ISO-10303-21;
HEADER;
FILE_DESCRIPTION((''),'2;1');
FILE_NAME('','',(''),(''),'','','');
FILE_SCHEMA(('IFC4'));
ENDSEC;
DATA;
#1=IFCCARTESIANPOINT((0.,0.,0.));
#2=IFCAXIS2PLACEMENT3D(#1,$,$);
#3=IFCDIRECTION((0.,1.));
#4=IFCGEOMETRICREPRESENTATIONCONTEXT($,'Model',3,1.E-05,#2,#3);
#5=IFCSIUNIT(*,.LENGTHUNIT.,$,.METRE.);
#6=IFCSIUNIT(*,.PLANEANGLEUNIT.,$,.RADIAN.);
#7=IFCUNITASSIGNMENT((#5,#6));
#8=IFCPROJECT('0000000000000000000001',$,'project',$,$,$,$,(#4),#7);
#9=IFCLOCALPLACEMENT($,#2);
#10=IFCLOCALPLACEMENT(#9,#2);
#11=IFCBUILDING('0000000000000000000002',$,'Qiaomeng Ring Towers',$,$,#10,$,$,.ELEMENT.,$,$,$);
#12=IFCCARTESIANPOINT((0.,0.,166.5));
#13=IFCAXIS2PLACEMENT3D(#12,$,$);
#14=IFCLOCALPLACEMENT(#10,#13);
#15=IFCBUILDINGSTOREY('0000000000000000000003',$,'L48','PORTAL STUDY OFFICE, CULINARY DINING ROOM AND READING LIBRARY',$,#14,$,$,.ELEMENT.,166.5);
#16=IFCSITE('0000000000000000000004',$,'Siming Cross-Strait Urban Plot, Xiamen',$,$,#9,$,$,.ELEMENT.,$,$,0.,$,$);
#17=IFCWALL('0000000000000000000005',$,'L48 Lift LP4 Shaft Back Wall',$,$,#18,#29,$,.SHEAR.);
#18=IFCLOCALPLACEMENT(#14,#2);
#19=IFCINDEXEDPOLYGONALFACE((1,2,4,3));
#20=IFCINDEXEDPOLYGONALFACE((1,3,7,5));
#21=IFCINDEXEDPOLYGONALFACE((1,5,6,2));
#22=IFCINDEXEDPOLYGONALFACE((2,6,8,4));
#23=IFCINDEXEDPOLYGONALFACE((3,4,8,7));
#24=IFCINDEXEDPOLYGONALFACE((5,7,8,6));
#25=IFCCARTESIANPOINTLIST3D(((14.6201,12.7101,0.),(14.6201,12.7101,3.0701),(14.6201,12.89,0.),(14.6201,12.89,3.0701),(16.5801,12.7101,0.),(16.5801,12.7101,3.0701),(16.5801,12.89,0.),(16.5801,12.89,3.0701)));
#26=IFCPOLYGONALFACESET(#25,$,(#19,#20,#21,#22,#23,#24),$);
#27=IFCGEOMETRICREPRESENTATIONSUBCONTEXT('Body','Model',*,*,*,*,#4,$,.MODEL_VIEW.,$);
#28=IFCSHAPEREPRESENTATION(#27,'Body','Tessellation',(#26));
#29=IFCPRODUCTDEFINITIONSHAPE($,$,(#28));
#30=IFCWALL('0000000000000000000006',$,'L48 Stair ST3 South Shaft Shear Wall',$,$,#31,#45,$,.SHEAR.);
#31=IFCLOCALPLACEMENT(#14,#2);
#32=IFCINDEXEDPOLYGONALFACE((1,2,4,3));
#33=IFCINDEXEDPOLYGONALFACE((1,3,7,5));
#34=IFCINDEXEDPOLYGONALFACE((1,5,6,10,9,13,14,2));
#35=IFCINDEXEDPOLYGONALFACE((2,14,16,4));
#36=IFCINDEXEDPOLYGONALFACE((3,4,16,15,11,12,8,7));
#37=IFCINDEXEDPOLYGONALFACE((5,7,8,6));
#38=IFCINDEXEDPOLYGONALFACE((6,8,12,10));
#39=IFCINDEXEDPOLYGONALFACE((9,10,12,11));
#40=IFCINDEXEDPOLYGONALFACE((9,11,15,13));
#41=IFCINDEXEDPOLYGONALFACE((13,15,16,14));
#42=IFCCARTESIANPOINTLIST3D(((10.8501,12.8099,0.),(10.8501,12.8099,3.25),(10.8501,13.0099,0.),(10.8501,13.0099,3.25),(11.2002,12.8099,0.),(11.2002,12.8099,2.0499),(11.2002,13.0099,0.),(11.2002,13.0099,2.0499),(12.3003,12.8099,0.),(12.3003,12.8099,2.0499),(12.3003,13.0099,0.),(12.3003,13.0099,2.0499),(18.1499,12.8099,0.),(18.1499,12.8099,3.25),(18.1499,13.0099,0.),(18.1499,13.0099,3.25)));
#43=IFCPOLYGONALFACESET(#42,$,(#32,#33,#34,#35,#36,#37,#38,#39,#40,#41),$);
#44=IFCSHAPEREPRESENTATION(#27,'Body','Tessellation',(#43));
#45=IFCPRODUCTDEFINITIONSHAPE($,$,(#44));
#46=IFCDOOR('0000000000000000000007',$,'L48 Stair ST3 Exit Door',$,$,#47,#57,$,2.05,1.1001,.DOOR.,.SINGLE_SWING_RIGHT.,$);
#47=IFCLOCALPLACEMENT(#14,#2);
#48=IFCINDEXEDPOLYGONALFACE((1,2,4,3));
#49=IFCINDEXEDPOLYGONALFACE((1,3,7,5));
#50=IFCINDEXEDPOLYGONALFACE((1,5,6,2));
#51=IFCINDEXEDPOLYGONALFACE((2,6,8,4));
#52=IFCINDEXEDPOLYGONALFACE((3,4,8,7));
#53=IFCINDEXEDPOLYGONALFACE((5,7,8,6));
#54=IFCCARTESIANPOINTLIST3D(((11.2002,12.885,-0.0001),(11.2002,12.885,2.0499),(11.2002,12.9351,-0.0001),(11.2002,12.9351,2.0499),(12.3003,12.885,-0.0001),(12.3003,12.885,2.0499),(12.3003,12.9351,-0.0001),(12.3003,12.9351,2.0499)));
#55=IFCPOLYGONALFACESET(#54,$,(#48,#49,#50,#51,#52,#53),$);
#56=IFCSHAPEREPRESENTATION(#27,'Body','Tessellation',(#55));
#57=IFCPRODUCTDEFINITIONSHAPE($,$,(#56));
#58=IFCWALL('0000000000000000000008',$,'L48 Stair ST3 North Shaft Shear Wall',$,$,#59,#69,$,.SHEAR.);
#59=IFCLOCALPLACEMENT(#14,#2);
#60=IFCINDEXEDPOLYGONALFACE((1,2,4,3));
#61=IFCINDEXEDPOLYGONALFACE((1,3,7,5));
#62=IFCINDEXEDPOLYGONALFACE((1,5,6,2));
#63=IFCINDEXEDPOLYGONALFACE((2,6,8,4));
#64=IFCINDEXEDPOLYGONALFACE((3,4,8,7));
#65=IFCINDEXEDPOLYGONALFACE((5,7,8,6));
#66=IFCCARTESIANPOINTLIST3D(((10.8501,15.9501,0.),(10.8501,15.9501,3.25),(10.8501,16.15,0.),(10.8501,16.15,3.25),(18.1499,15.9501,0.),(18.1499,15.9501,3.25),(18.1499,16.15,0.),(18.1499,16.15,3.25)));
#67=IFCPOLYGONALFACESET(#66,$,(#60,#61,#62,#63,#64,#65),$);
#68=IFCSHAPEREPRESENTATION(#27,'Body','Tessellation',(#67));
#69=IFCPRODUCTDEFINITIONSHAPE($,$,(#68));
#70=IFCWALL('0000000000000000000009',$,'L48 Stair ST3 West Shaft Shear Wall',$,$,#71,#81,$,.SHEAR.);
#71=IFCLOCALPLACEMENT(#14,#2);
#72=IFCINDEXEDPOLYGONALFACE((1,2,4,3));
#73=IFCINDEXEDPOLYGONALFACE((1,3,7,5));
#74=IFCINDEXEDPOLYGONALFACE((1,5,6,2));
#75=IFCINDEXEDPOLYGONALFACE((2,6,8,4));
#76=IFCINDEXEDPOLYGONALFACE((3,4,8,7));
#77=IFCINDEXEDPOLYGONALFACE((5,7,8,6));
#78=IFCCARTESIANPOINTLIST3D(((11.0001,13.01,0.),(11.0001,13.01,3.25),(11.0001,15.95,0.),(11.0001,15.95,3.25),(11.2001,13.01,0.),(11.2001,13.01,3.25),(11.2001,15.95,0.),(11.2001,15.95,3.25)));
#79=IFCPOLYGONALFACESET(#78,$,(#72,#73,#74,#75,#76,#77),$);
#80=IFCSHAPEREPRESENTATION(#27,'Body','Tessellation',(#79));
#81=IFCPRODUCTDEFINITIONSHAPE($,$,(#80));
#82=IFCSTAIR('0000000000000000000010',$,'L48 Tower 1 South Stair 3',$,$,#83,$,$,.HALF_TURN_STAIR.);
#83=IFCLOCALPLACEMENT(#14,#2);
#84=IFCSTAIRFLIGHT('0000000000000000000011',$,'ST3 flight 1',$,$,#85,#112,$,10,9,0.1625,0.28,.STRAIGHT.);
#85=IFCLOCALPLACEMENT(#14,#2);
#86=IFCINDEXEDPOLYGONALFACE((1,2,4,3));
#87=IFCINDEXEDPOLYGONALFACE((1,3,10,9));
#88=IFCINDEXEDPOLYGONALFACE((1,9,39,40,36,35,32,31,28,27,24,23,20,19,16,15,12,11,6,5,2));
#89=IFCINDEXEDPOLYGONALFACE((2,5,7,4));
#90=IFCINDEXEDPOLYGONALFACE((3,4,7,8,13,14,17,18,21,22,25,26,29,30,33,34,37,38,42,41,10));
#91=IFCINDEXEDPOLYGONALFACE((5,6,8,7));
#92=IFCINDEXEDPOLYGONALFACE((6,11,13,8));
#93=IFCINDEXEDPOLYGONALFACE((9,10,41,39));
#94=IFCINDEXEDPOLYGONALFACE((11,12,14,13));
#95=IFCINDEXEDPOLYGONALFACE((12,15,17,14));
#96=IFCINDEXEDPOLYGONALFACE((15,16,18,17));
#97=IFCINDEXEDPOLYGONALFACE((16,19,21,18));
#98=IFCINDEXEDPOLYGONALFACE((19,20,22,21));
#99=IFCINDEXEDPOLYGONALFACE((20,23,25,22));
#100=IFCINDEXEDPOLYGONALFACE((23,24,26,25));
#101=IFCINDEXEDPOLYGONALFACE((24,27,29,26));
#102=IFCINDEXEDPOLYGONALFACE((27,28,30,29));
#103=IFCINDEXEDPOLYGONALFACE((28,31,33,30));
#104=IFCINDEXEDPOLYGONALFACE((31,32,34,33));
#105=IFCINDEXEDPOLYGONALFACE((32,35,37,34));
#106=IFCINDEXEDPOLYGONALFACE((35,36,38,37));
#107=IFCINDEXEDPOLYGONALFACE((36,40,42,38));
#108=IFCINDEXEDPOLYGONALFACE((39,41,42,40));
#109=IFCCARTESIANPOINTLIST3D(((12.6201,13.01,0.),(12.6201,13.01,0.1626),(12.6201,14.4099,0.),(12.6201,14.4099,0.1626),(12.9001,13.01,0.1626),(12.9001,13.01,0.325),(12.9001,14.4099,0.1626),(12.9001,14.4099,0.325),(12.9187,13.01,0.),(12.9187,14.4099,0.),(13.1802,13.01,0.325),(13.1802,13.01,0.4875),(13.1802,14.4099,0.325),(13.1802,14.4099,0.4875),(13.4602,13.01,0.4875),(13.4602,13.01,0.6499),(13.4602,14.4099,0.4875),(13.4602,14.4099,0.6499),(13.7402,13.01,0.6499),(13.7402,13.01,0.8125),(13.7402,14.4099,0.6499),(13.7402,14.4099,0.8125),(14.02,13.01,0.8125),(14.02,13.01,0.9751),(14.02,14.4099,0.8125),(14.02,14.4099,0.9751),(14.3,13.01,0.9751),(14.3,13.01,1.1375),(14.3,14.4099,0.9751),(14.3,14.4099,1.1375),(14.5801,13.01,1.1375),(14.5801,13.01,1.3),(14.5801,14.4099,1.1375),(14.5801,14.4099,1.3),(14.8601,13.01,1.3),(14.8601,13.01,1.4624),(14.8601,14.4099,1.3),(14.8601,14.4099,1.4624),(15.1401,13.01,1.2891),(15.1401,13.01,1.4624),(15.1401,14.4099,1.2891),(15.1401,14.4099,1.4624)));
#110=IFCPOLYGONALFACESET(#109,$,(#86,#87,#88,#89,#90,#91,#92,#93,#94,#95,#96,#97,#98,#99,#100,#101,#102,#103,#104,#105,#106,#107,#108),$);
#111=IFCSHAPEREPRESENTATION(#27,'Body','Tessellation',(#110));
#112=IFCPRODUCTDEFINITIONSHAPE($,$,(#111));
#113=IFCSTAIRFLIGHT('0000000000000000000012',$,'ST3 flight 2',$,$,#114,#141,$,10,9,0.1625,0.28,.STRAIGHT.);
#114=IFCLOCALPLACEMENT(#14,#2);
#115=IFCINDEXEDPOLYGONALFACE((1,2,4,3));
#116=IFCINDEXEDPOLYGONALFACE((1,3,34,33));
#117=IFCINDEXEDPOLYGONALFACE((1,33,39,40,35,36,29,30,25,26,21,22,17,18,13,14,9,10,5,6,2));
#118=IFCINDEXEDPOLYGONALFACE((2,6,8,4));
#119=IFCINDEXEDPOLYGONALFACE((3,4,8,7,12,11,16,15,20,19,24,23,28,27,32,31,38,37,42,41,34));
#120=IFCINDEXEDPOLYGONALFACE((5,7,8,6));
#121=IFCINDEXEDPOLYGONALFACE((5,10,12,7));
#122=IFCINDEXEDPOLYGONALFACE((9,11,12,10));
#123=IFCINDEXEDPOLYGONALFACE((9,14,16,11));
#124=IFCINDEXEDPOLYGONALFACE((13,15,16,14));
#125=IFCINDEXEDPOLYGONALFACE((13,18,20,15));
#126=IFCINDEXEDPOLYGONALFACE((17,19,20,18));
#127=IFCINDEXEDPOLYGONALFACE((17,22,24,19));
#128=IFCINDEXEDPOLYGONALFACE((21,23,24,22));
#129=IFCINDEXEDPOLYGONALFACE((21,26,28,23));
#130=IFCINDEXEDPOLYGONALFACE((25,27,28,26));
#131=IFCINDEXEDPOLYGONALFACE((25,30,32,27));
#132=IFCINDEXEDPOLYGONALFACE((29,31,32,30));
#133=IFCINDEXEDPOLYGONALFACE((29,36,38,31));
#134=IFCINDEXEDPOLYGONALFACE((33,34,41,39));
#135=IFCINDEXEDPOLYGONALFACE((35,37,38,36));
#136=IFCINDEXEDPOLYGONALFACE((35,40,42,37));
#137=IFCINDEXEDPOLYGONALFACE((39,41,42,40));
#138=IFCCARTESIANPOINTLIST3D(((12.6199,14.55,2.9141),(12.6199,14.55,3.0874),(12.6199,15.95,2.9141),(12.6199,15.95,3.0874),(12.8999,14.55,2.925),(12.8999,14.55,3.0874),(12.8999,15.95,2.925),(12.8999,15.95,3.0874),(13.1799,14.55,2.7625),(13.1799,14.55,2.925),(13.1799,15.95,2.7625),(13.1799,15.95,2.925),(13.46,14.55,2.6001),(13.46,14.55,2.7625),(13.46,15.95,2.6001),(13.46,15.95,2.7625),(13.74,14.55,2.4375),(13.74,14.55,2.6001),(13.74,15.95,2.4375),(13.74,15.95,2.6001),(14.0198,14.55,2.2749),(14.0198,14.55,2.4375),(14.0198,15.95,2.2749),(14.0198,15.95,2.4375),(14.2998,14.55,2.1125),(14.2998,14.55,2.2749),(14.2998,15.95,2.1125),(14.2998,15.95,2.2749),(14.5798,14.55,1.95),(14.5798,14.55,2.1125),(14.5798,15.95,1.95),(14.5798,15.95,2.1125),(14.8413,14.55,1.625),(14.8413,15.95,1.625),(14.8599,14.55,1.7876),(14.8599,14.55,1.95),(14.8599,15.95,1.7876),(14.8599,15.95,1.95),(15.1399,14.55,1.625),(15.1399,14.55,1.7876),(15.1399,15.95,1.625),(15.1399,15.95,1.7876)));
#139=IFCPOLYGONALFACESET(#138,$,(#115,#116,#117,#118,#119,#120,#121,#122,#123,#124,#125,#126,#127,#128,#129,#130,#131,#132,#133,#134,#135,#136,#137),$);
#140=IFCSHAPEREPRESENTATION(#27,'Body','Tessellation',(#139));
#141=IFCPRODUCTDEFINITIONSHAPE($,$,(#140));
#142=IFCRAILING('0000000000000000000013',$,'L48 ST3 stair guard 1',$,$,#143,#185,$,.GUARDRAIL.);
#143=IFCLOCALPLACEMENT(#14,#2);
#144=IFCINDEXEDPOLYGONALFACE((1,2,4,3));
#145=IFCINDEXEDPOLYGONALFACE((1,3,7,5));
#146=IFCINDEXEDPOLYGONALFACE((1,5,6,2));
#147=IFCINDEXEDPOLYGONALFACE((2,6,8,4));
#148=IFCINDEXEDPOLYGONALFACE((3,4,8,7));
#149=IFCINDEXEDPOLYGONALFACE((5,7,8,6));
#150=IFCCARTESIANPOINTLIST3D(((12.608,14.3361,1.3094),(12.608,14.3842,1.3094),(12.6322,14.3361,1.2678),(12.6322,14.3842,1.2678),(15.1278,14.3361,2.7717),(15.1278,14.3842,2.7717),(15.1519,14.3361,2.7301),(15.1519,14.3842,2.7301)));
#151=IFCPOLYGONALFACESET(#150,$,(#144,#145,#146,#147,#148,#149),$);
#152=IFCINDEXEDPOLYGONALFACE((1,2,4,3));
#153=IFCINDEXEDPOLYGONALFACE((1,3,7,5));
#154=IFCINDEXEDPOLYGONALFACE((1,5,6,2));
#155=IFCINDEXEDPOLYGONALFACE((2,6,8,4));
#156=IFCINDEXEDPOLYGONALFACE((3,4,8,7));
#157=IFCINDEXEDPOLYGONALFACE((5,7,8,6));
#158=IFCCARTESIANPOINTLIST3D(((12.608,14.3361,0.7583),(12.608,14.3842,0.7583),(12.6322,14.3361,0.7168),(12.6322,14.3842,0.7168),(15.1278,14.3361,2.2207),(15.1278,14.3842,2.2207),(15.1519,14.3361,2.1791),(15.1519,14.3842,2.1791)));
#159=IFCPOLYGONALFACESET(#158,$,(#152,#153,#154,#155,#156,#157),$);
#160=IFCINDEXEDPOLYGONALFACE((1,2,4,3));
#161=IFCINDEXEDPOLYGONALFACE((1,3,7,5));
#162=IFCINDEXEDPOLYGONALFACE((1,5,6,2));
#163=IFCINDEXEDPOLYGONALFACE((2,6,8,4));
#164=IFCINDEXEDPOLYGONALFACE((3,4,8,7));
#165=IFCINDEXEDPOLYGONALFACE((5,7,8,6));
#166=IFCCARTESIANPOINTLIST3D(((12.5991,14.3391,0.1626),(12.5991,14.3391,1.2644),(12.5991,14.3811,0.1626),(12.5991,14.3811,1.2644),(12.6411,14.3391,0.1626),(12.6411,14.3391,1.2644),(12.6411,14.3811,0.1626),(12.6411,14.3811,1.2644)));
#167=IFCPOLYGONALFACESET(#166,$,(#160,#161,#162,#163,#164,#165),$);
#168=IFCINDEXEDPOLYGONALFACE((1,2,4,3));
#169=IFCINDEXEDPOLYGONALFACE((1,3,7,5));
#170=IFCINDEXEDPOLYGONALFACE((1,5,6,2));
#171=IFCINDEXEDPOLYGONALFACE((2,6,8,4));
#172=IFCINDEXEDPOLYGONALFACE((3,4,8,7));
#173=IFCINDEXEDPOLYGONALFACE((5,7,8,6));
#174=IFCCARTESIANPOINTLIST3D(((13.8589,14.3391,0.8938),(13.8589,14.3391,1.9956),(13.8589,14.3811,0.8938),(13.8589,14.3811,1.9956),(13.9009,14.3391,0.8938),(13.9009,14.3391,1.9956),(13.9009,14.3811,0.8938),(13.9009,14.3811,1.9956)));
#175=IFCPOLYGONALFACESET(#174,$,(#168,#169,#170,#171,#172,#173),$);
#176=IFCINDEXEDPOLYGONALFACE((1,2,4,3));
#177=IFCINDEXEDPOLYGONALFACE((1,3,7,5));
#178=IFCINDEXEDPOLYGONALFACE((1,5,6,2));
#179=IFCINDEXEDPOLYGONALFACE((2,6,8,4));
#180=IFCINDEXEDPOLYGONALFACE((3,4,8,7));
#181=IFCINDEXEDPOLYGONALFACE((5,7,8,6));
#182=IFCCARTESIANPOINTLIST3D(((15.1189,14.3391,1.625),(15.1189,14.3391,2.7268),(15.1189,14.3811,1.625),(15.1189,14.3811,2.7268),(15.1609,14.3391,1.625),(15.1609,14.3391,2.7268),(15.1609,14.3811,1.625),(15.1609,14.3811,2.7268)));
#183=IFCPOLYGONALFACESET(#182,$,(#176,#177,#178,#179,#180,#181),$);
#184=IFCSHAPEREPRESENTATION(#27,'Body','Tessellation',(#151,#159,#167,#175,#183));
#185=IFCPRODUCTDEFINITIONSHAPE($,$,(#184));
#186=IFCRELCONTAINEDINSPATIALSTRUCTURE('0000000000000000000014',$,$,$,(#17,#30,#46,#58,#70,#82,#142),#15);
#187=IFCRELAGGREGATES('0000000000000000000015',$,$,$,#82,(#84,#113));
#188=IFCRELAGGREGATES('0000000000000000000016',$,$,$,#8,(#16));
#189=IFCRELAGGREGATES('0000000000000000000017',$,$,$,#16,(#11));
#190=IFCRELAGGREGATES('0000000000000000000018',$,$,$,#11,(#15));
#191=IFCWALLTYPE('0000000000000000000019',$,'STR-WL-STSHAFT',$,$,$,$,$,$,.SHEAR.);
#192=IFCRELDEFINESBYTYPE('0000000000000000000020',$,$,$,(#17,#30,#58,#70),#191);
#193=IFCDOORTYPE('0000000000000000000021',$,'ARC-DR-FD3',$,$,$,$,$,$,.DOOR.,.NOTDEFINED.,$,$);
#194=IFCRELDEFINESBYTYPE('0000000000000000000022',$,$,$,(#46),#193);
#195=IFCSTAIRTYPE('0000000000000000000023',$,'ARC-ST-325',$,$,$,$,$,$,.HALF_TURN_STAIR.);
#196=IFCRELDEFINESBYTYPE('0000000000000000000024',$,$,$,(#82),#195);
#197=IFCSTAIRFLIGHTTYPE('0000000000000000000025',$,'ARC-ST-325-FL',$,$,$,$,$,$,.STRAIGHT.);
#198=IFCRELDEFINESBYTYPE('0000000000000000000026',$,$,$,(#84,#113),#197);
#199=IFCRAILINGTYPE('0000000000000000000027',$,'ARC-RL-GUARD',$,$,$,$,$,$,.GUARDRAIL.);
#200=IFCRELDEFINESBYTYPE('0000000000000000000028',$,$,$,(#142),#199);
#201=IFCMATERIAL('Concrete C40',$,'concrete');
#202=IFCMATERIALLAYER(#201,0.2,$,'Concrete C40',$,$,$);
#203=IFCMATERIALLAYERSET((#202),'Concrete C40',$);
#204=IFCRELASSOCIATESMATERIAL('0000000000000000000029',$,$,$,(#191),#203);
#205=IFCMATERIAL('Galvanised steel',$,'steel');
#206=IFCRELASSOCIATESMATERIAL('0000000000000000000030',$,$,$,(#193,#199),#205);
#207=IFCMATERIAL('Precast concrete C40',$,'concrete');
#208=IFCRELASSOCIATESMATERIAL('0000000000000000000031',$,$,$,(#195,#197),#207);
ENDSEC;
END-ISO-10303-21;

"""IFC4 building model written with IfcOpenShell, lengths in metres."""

from ifc_helpers import new_model, si_unit, direction, frame, frame_2d, origin, origin_2d, place, context, subcontext, project, spatial, polyline, rectangle, outline, extrude, source, transform, mapped, material, layer, layer_set, type_object, element, fill, aggregate, save


model = new_model("IFC4")

# Units and contexts
model_context = context("Model", 3, precision=1e-05, world=origin(), true_north=direction((0.0, 1.0)))
body_context = subcontext(model_context, "Body", "Model", "MODEL_VIEW")
ifc_project = project(units=[si_unit("LENGTHUNIT", "METRE"), si_unit("PLANEANGLEUNIT", "RADIAN")], contexts=[model_context])

# Site, building, storey
site_placement = place(None, origin())
site = spatial("IfcSite", under=ifc_project, at=site_placement, Name="Siming Cross-Strait Urban Plot, Xiamen", CompositionType="ELEMENT", RefElevation=0.0)
building_placement = place(site_placement, origin())
building = spatial("IfcBuilding", under=site, at=building_placement, Name="Qiaomeng Ring Towers", CompositionType="ELEMENT")
storey_placement = place(building_placement, frame((0.0, 0.0, 166.5)))
storey = spatial("IfcBuildingStorey", under=building, at=storey_placement, Name="L48", Description="PORTAL STUDY OFFICE, CULINARY DINING ROOM AND READING LIBRARY", CompositionType="ELEMENT", Elevation=166.5)

# Wall
ifc_material_1 = material(Name="Concrete C40", Category="concrete")
ifc_layer = layer(ifc_material_1, 0.2, Name="Concrete C40")
ifc_layer_set = layer_set([ifc_layer], Name="Concrete C40")
wall_type = type_object("IfcWallType", Name="STR-WL-STSHAFT", PredefinedType="SHEAR", material=ifc_layer_set)
wall_1_placement = place(storey_placement, frame((14.6201, 12.8, 0.0), z_axis=(0.0, 0.0, 1.0), x_axis=(1.0, 0.0, 0.0)))
element("IfcWall", 1, at=wall_1_placement, inside=storey, type_object=wall_type, Name="L48 Lift LP4 Shaft Back Wall", PredefinedType="SHEAR", context=body_context, shape_type="SweptSolid", body=[
    extrude(rectangle(XDim=1.96, YDim=0.1799, at=frame_2d((0.98, 0.0))), origin(), (0.0, 0.0, 1.0), 3.0701),
])

# Wall, opening, door
wall_2_placement = place(storey_placement, frame((10.8501, 12.9099, 0.0), z_axis=(0.0, 0.0, 1.0), x_axis=(1.0, 0.0, 0.0)))
wall_2 = element("IfcWall", 2, at=wall_2_placement, inside=storey, type_object=wall_type, Name="L48 Stair ST3 South Shaft Shear Wall", PredefinedType="SHEAR", context=body_context, shape_type="SweptSolid", body=[
    extrude(rectangle(XDim=7.2998, YDim=0.2, at=frame_2d((3.6499, 0.0))), origin(), (0.0, 0.0, 1.0), 3.25),
])
opening_placement = place(wall_2_placement, frame((0.3501, 0.0, 0.0)))
opening = element("IfcOpeningElement", 3, at=opening_placement, cuts=wall_2, PredefinedType="OPENING", context=body_context, shape_type="SweptSolid", body=[
    extrude(rectangle(XDim=1.1001, YDim=2.05, at=frame_2d((0.55, 1.0249))), frame((0.0, 0.1099, 0.0), z_axis=(0.0, -1.0, 0.0), x_axis=(1.0, 0.0, 0.0)), (0.0, 0.0, 1.0), 0.22),
])
ifc_material_2 = material(Name="Galvanised steel", Category="steel")
door_type = type_object("IfcDoorType", Name="ARC-DR-FD3", OperationType="NOTDEFINED", PredefinedType="DOOR", material=ifc_material_2)
shared_shape_1 = source(origin(), body_context, "Body", "SweptSolid", [
    extrude(rectangle(XDim=1.1001, YDim=2.05, at=frame_2d((0.55, 1.0249))), frame((0.0, 0.0249, 0.0), z_axis=(0.0, -1.0, 0.0), x_axis=(1.0, 0.0, 0.0)), (0.0, 0.0, 1.0), 0.05),
])
door_placement = place(opening_placement, frame((1.1001, 0.0, 0.0), z_axis=(0.0, 0.0, 1.0), x_axis=(-1.0, 0.0, 0.0)))
door = element("IfcDoor", 4, at=door_placement, inside=storey, type_object=door_type, Name="L48 Stair ST3 Exit Door", OperationType="SINGLE_SWING_RIGHT", OverallHeight=2.05, OverallWidth=1.1001, PredefinedType="DOOR", context=body_context, shape_type="MappedRepresentation", body=[
    mapped(shared_shape_1, transform((0.0, 0.0, 0.0), x_axis=(1.0, 0.0, 0.0), y_axis=(0.0, 1.0, 0.0), z_axis=(0.0, 0.0, 1.0), scale=1.0)),
])
fill(opening, door)

# Walls
wall_3_placement = place(storey_placement, frame((10.8501, 16.05, 0.0), z_axis=(0.0, 0.0, 1.0), x_axis=(1.0, 0.0, 0.0)))
element("IfcWall", 5, at=wall_3_placement, inside=storey, type_object=wall_type, Name="L48 Stair ST3 North Shaft Shear Wall", PredefinedType="SHEAR", context=body_context, shape_type="SweptSolid", body=[
    extrude(rectangle(XDim=7.2998, YDim=0.2, at=frame_2d((3.6499, 0.0))), origin(), (0.0, 0.0, 1.0), 3.25),
])
wall_4_placement = place(storey_placement, frame((11.1001, 13.01, 0.0), z_axis=(0.0, 0.0, 1.0), x_axis=(0.0, 1.0, 0.0)))
element("IfcWall", 6, at=wall_4_placement, inside=storey, type_object=wall_type, Name="L48 Stair ST3 West Shaft Shear Wall", PredefinedType="SHEAR", context=body_context, shape_type="SweptSolid", body=[
    extrude(rectangle(XDim=2.9399, YDim=0.2, at=frame_2d((1.47, 0.0))), origin(), (0.0, 0.0, 1.0), 3.25),
])

# Stair, stair flights
ifc_material_3 = material(Name="Precast concrete C40", Category="concrete")
stair_type = type_object("IfcStairType", Name="ARC-ST-325", PredefinedType="HALF_TURN_STAIR", material=ifc_material_3)
stair_placement = place(storey_placement, origin())
stair = element("IfcStair", 7, at=stair_placement, inside=storey, type_object=stair_type, Name="L48 Tower 1 South Stair 3", PredefinedType="HALF_TURN_STAIR")
stair_flight_type = type_object("IfcStairFlightType", Name="ARC-ST-325-FL", PredefinedType="STRAIGHT", material=ifc_material_3)
shared_shape_2 = source(origin(), body_context, "Body", "SweptSolid", [
    extrude(outline(polyline([(0.0, 0.0), (0.0, 0.1626), (0.28, 0.1626), (0.28, 0.325), (0.5601, 0.325), (0.5601, 0.4875), (0.8401, 0.4875), (0.8401, 0.6499), (1.1201, 0.6499), (1.1201, 0.8125), (1.3999, 0.8125), (1.3999, 0.9751), (1.6799, 0.9751), (1.6799, 1.1375), (1.96, 1.1375), (1.96, 1.3), (2.24, 1.3), (2.24, 1.4624), (2.52, 1.4624), (2.52, 1.625), (2.52, 1.2891), (0.2986, 0.0), (0.0, 0.0)])), frame((0.0, 0.7, 0.0), z_axis=(0.0, -1.0, 0.0), x_axis=(1.0, 0.0, 0.0)), (0.0, 0.0, 1.0), 1.3999),
])
stair_flight_1_placement = place(storey_placement, frame((12.6201, 13.71, 0.0), z_axis=(0.0, 0.0, 1.0), x_axis=(1.0, 0.0, 0.0)))
stair_flight_1 = element("IfcStairFlight", 8, at=stair_flight_1_placement, type_object=stair_flight_type, Name="ST3 flight 1", NumberOfRisers=10, NumberOfTreads=9, PredefinedType="STRAIGHT", RiserHeight=0.1625, TreadLength=0.28, context=body_context, shape_type="MappedRepresentation", body=[
    mapped(shared_shape_2, transform((0.0, 0.0, 0.0), x_axis=(1.0, 0.0, 0.0), y_axis=(0.0, 1.0, 0.0), z_axis=(0.0, 0.0, 1.0), scale=1.0)),
])
stair_flight_2_placement = place(storey_placement, frame((15.1399, 15.25, 1.625), z_axis=(0.0, 0.0, 1.0), x_axis=(-1.0, 0.0, 0.0)))
stair_flight_2 = element("IfcStairFlight", 9, at=stair_flight_2_placement, type_object=stair_flight_type, Name="ST3 flight 2", NumberOfRisers=10, NumberOfTreads=9, PredefinedType="STRAIGHT", RiserHeight=0.1625, TreadLength=0.28, context=body_context, shape_type="MappedRepresentation", body=[
    mapped(shared_shape_2, transform((0.0, 0.0, 0.0), x_axis=(1.0, 0.0, 0.0), y_axis=(0.0, 1.0, 0.0), z_axis=(0.0, 0.0, 1.0), scale=1.0)),
])
aggregate(stair, [stair_flight_1, stair_flight_2])

# Railing
railing_type_1 = type_object("IfcRailingType", Name="ARC-RL-GUARD", PredefinedType="GUARDRAIL", material=ifc_material_2)
railing_1_placement = place(storey_placement, frame((12.6201, 14.3601, 0.1626)))
element("IfcRailing", 10, at=railing_1_placement, inside=storey, type_object=railing_type_1, Name="L48 ST3 stair guard 1", PredefinedType="GUARDRAIL", context=body_context, shape_type="SweptSolid", body=[
    extrude(rectangle(XDim=0.0481, YDim=0.0481, at=origin_2d()), frame((0.0, 0.0, 1.126), z_axis=(0.864892, 0.0, 0.501958), x_axis=(0.0, 1.0, 0.0)), (0.0, 0.0, 1.0), 2.9133),
    extrude(rectangle(XDim=0.0481, YDim=0.0481, at=origin_2d()), frame((0.0, 0.0, 0.575), z_axis=(0.864892, 0.0, 0.501958), x_axis=(0.0, 1.0, 0.0)), (0.0, 0.0, 1.0), 2.9133),
    extrude(rectangle(XDim=0.042, YDim=0.042, at=origin_2d()), origin(), (0.0, 0.0, 1.0), 1.1018),
    extrude(rectangle(XDim=0.042, YDim=0.042, at=origin_2d()), frame((1.2598, 0.0, 0.7312)), (0.0, 0.0, 1.0), 1.1018),
    extrude(rectangle(XDim=0.042, YDim=0.042, at=origin_2d()), frame((2.5198, 0.0, 1.4624)), (0.0, 0.0, 1.0), 1.1018),
])

save(model, "model.ifc")
